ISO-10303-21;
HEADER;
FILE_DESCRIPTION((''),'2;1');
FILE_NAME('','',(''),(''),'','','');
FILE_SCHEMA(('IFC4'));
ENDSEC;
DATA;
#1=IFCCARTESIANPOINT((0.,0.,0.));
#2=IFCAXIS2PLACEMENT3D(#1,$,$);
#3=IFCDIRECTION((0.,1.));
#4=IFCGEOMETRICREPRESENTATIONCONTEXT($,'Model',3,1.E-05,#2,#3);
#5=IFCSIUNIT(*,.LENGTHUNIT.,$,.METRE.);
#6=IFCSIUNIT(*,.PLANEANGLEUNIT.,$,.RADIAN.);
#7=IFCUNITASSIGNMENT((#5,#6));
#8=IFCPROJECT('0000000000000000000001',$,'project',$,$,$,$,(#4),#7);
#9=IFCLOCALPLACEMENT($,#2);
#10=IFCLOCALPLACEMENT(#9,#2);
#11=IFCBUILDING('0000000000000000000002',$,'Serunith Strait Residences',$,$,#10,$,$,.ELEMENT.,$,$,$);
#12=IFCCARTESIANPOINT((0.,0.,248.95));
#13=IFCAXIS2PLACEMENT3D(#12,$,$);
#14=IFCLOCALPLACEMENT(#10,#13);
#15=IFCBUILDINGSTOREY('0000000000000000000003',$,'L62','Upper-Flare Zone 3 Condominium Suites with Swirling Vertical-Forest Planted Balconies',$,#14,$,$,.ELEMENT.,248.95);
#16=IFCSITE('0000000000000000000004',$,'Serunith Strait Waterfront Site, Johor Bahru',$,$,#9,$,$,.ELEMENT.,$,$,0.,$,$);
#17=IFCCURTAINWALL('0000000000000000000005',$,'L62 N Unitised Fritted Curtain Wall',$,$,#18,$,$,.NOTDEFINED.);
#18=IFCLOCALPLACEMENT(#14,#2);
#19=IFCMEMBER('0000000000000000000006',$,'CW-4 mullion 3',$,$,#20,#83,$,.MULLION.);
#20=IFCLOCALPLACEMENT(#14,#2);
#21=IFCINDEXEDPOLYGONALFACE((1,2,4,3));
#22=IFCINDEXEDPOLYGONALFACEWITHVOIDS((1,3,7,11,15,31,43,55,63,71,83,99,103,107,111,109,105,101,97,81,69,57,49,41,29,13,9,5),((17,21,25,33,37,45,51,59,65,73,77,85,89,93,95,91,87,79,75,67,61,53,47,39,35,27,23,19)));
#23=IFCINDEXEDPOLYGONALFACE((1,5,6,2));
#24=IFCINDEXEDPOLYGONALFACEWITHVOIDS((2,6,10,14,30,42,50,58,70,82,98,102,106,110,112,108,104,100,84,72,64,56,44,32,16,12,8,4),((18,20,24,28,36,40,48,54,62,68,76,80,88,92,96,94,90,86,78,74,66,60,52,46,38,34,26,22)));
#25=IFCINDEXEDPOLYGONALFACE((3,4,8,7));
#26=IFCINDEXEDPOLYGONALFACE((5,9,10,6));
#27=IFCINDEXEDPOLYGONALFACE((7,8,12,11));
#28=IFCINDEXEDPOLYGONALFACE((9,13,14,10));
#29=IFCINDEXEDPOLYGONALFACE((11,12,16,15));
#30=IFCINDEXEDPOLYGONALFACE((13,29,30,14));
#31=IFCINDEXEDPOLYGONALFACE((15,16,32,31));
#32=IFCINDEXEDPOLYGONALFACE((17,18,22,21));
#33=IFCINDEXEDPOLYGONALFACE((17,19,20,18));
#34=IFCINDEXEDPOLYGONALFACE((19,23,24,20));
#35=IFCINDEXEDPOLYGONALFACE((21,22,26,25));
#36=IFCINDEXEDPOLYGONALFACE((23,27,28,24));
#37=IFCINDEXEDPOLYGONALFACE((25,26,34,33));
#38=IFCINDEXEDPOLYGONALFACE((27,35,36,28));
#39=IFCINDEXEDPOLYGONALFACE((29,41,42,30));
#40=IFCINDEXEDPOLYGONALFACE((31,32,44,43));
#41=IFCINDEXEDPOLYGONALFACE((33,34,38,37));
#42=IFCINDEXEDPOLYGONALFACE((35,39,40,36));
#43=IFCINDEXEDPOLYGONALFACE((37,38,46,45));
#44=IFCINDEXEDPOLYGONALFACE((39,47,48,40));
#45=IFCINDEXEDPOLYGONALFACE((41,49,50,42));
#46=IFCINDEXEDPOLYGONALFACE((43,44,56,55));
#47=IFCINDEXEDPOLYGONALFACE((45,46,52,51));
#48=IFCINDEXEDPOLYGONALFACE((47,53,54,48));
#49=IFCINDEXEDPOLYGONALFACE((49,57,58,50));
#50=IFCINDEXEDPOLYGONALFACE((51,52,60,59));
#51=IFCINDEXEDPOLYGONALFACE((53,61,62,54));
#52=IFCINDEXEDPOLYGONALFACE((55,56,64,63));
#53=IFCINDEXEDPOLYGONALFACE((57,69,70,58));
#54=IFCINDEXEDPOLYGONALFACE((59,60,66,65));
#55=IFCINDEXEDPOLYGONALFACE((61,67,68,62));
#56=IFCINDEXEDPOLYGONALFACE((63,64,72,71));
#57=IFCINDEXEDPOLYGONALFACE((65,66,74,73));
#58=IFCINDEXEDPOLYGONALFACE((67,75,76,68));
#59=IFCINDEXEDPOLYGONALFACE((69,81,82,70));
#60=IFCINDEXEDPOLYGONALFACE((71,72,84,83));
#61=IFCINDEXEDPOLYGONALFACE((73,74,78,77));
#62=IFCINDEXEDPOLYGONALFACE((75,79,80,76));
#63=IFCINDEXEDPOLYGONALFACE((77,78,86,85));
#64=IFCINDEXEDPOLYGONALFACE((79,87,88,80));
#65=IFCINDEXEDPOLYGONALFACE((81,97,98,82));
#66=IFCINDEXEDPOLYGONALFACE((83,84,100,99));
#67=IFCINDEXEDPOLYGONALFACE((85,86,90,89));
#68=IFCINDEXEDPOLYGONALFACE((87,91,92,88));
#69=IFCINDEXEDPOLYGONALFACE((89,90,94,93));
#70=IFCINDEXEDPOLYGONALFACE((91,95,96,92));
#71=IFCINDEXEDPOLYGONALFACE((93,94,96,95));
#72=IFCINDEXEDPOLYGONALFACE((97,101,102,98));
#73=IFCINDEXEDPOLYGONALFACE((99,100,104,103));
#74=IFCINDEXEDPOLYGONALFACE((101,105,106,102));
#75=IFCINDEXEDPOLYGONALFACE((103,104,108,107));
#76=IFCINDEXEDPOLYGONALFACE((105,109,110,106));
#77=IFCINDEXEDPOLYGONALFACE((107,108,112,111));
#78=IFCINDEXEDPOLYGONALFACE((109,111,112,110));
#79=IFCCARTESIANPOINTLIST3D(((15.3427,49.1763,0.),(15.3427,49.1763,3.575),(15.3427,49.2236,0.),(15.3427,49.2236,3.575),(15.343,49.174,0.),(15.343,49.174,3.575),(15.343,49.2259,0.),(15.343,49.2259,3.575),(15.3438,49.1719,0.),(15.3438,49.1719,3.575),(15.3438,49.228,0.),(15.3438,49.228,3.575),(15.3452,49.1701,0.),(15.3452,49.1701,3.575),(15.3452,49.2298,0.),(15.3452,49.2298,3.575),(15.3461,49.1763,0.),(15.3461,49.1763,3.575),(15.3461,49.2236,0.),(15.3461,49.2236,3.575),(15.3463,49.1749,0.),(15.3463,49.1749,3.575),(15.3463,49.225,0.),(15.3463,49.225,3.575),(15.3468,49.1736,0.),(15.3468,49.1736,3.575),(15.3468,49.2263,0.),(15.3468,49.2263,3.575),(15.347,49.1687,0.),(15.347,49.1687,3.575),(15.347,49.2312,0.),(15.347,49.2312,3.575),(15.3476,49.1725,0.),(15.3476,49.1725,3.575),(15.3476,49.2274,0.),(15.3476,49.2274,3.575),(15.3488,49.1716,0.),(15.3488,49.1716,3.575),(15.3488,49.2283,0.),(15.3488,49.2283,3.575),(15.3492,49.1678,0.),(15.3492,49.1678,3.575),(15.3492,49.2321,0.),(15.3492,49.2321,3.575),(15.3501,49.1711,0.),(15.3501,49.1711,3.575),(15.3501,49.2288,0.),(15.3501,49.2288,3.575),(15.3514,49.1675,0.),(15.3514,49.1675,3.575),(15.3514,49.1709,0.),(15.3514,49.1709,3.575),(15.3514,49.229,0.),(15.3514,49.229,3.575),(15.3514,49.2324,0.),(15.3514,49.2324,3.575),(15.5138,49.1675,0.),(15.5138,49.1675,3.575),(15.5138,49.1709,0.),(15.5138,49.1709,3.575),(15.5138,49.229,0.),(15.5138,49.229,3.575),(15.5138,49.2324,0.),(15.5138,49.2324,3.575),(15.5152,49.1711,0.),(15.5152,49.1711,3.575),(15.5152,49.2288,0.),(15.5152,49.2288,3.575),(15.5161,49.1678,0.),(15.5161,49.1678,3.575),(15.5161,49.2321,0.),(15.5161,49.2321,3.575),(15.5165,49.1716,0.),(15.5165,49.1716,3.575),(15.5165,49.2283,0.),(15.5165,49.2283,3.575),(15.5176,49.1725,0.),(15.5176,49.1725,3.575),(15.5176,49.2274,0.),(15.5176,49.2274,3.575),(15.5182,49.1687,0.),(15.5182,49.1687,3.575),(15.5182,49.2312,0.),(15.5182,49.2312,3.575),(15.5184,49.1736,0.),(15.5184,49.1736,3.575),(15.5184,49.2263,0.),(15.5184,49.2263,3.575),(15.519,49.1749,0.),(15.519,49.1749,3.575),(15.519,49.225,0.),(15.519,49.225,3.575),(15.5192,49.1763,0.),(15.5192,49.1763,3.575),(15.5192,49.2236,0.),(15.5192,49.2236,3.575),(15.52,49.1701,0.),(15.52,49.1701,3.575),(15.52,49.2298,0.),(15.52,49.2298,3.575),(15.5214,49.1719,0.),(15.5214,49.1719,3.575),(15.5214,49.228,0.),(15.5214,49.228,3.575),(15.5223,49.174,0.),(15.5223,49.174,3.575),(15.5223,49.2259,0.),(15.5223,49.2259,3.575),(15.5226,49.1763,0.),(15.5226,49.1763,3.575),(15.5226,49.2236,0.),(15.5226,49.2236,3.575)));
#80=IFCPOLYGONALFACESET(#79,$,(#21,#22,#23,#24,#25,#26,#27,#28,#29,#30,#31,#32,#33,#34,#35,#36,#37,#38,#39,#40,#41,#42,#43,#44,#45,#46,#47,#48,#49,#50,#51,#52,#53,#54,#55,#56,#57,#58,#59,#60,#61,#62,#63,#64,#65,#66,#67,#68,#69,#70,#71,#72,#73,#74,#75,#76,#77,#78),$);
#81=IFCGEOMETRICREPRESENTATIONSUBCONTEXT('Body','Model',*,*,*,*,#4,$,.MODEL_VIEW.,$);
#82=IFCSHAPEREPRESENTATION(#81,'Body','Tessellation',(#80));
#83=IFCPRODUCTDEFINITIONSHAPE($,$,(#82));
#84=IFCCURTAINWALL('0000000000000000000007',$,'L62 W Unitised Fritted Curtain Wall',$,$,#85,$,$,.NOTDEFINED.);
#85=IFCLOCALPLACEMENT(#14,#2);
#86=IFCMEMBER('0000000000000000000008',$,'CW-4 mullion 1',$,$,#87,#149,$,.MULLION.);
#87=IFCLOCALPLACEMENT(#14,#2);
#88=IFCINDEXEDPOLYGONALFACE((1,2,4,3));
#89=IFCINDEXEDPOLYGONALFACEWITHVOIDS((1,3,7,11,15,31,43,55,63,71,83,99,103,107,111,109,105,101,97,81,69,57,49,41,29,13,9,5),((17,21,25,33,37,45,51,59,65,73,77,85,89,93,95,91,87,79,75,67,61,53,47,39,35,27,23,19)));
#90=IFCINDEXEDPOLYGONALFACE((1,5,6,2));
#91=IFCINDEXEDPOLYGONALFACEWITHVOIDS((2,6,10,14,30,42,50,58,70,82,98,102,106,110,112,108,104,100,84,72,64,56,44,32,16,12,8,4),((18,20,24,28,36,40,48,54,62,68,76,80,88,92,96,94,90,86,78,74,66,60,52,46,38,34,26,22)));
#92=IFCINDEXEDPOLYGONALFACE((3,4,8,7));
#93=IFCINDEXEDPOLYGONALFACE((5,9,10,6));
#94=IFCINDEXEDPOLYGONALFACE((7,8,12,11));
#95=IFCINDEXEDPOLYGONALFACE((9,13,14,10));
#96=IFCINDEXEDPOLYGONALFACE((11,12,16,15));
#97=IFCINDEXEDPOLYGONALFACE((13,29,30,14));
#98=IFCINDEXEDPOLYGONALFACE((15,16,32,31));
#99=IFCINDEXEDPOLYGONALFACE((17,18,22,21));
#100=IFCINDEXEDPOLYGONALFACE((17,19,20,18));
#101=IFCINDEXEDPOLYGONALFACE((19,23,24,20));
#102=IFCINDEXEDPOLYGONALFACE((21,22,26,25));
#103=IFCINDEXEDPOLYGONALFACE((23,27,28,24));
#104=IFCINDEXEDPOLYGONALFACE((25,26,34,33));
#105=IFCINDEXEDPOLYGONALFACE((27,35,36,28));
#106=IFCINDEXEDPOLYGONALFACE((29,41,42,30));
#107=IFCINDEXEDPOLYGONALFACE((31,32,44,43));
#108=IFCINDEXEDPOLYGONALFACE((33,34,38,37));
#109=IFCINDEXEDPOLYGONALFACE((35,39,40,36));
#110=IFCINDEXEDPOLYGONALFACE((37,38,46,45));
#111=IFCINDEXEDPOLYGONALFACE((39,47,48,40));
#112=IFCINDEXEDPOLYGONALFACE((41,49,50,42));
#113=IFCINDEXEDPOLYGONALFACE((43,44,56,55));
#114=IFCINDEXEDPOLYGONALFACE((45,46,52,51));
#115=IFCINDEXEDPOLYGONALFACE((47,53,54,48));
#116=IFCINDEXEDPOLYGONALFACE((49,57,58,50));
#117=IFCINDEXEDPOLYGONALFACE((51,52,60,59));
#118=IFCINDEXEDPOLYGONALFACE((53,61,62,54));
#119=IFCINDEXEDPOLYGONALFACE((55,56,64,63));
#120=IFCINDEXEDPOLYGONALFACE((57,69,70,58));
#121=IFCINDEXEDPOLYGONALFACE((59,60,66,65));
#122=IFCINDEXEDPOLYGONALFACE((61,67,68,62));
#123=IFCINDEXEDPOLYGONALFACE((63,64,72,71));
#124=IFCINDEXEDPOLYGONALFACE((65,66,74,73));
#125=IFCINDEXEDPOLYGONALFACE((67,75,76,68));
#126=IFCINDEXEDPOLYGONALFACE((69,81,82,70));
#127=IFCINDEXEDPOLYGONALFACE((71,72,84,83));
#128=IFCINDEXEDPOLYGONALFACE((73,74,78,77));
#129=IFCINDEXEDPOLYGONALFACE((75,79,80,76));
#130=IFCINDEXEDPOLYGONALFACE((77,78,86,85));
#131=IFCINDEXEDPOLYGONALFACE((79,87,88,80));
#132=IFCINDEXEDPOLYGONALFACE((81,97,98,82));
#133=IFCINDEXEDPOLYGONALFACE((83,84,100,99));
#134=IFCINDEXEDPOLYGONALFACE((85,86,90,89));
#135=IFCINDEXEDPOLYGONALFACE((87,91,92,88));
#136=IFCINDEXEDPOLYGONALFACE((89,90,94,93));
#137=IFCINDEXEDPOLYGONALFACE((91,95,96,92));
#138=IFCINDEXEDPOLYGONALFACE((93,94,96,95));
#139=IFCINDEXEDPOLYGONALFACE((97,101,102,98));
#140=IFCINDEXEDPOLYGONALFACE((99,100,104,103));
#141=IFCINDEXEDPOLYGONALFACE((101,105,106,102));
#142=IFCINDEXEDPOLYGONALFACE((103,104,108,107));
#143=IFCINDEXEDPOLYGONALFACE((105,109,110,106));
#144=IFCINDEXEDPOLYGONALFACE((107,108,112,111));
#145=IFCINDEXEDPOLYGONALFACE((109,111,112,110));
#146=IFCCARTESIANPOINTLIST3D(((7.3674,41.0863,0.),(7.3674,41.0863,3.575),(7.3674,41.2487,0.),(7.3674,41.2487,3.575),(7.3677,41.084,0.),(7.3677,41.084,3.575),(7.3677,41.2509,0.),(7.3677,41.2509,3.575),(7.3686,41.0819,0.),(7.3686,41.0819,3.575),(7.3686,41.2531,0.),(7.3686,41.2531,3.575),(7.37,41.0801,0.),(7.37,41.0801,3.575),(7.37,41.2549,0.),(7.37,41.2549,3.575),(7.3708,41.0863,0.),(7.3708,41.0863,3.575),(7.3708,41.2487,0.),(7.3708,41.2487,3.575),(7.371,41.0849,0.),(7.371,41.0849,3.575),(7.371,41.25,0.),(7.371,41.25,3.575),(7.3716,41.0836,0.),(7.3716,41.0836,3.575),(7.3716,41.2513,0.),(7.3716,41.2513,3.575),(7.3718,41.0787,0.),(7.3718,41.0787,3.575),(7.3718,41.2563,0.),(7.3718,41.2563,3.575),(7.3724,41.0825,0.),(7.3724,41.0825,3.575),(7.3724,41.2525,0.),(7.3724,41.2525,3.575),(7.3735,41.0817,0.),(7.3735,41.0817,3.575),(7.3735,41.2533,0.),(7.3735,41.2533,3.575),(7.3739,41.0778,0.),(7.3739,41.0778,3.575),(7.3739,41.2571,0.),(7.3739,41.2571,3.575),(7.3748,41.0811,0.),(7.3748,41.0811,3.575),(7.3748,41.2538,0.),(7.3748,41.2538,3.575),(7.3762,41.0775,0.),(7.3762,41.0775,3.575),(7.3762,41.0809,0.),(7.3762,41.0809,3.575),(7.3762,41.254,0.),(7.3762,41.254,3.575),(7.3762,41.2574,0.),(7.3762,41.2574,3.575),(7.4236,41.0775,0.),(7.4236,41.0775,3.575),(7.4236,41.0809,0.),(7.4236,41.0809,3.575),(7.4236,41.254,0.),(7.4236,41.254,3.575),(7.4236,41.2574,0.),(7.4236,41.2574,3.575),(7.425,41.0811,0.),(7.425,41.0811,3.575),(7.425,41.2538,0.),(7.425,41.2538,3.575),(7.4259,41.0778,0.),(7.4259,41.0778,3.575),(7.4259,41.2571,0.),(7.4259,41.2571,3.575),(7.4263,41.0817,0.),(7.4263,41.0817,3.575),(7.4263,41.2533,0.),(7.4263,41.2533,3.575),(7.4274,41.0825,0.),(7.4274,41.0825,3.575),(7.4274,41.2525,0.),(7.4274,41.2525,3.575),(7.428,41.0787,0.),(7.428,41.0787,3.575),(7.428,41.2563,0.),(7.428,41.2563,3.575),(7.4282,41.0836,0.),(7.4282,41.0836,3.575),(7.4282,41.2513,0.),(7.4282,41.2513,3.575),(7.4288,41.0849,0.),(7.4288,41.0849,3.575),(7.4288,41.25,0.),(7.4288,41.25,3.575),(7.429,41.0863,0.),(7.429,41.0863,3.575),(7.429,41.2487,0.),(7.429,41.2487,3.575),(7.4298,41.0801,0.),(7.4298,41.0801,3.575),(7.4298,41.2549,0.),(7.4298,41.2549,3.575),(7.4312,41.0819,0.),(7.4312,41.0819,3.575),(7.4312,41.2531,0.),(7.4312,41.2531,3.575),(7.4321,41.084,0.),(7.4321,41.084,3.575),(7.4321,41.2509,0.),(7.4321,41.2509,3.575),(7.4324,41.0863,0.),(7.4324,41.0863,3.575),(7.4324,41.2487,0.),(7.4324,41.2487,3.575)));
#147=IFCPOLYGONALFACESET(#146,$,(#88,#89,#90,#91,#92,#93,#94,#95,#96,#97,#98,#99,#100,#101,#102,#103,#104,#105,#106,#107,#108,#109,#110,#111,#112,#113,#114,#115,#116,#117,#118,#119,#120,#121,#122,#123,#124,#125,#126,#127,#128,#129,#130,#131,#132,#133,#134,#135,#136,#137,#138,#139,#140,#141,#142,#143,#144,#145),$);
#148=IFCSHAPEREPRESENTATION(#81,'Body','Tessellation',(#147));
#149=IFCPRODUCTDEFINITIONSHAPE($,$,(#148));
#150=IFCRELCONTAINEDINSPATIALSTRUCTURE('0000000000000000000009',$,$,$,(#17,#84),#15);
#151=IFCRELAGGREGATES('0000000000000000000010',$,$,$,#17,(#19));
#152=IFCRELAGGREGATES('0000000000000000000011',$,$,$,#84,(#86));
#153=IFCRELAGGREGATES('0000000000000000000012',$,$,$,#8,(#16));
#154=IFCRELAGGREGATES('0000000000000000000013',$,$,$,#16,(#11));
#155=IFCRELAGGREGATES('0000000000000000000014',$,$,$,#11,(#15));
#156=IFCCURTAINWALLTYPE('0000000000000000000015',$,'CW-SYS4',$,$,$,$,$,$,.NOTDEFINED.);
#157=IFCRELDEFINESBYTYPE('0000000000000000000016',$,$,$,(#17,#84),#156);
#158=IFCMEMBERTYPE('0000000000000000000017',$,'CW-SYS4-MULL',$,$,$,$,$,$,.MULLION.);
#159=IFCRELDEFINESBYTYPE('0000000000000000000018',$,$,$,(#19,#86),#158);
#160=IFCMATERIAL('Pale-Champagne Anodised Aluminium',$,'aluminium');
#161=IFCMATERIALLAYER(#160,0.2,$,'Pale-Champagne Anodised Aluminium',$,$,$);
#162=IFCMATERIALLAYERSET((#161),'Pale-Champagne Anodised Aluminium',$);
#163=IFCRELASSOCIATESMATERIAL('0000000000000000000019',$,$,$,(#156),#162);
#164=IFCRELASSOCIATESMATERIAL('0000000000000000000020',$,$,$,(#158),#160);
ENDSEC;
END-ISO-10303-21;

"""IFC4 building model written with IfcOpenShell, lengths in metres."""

from ifc_helpers import new_model, si_unit, direction, frame, origin, origin_2d, place, context, subcontext, project, spatial, hollow_rectangle, extrude, source, transform, mapped, material, layer, layer_set, material_profile, profile_set, type_object, element, aggregate, save


model = new_model("IFC4")

# Units and contexts
model_context = context("Model", 3, precision=1e-05, world=origin(), true_north=direction((0.0, 1.0)))
body_context = subcontext(model_context, "Body", "Model", "MODEL_VIEW")
ifc_project = project(units=[si_unit("LENGTHUNIT", "METRE"), si_unit("PLANEANGLEUNIT", "RADIAN")], contexts=[model_context])

# Site, building, storey
site_placement = place(None, origin())
site = spatial("IfcSite", under=ifc_project, at=site_placement, Name="Serunith Strait Waterfront Site, Johor Bahru", CompositionType="ELEMENT", RefElevation=0.0)
building_placement = place(site_placement, origin())
building = spatial("IfcBuilding", under=site, at=building_placement, Name="Serunith Strait Residences", CompositionType="ELEMENT")
storey_placement = place(building_placement, frame((0.0, 0.0, 248.95)))
storey = spatial("IfcBuildingStorey", under=building, at=storey_placement, Name="L62", Description="Upper-Flare Zone 3 Condominium Suites with Swirling Vertical-Forest Planted Balconies", CompositionType="ELEMENT", Elevation=248.95)

# Curtain wall, member
ifc_material_1 = material(Name="Pale-Champagne Anodised Aluminium", Category="aluminium")
ifc_layer_1 = layer(ifc_material_1, 0.2, Name="Pale-Champagne Anodised Aluminium")
ifc_layer_set_1 = layer_set([ifc_layer_1], Name="Pale-Champagne Anodised Aluminium")
curtain_wall_type = type_object("IfcCurtainWallType", Name="CW-SYS4", PredefinedType="NOTDEFINED", material=ifc_layer_set_1)
curtain_wall_1_placement = place(storey_placement, origin())
curtain_wall_1 = element("IfcCurtainWall", 1, at=curtain_wall_1_placement, inside=storey, type_object=curtain_wall_type, Name="L62 N Unitised Fritted Curtain Wall", PredefinedType="NOTDEFINED")
ifc_material_profile_1 = material_profile(ifc_material_1, hollow_rectangle(XDim=0.0649, YDim=0.1799, WallThickness=0.0034, InnerFilletRadius=0.0054, OuterFilletRadius=0.0088, at=origin_2d()), Name="ALU 180x65x3.5")
ifc_profile_set_1 = profile_set([ifc_material_profile_1], Name="Pale-Champagne Anodised Aluminium")
member_type_1 = type_object("IfcMemberType", Name="CW-SYS4-MULL", PredefinedType="MULLION", material=ifc_profile_set_1)
shared_shape_1 = source(origin(), body_context, "Body", "SweptSolid", [
    extrude(hollow_rectangle(XDim=0.0649, YDim=0.1799, WallThickness=0.0034, InnerFilletRadius=0.0054, OuterFilletRadius=0.0088, at=origin_2d()), origin(), (0.0, 0.0, 1.0), 3.575),
])
member_1_placement = place(storey_placement, frame((15.4326, 49.2, 0.0), z_axis=(0.0, 0.0, 1.0), x_axis=(0.0, -1.0, 0.0)))
member_1 = element("IfcMember", 2, at=member_1_placement, type_object=member_type_1, Name="CW-4 mullion 3", PredefinedType="MULLION", context=body_context, shape_type="MappedRepresentation", body=[
    mapped(shared_shape_1, transform((0.0, 0.0, 0.0), scale=1.0)),
])
aggregate(curtain_wall_1, [member_1])

# Curtain wall, member
curtain_wall_2_placement = place(storey_placement, origin())
curtain_wall_2 = element("IfcCurtainWall", 3, at=curtain_wall_2_placement, inside=storey, type_object=curtain_wall_type, Name="L62 W Unitised Fritted Curtain Wall", PredefinedType="NOTDEFINED")
member_2_placement = place(storey_placement, frame((7.3999, 41.1675, 0.0), z_axis=(0.0, 0.0, 1.0), x_axis=(1.0, 0.0, 0.0)))
member_2 = element("IfcMember", 4, at=member_2_placement, type_object=member_type_1, Name="CW-4 mullion 1", PredefinedType="MULLION", context=body_context, shape_type="MappedRepresentation", body=[
    mapped(shared_shape_1, transform((0.0, 0.0, 0.0), scale=1.0)),
])
aggregate(curtain_wall_2, [member_2])

save(model, "model.ifc")
